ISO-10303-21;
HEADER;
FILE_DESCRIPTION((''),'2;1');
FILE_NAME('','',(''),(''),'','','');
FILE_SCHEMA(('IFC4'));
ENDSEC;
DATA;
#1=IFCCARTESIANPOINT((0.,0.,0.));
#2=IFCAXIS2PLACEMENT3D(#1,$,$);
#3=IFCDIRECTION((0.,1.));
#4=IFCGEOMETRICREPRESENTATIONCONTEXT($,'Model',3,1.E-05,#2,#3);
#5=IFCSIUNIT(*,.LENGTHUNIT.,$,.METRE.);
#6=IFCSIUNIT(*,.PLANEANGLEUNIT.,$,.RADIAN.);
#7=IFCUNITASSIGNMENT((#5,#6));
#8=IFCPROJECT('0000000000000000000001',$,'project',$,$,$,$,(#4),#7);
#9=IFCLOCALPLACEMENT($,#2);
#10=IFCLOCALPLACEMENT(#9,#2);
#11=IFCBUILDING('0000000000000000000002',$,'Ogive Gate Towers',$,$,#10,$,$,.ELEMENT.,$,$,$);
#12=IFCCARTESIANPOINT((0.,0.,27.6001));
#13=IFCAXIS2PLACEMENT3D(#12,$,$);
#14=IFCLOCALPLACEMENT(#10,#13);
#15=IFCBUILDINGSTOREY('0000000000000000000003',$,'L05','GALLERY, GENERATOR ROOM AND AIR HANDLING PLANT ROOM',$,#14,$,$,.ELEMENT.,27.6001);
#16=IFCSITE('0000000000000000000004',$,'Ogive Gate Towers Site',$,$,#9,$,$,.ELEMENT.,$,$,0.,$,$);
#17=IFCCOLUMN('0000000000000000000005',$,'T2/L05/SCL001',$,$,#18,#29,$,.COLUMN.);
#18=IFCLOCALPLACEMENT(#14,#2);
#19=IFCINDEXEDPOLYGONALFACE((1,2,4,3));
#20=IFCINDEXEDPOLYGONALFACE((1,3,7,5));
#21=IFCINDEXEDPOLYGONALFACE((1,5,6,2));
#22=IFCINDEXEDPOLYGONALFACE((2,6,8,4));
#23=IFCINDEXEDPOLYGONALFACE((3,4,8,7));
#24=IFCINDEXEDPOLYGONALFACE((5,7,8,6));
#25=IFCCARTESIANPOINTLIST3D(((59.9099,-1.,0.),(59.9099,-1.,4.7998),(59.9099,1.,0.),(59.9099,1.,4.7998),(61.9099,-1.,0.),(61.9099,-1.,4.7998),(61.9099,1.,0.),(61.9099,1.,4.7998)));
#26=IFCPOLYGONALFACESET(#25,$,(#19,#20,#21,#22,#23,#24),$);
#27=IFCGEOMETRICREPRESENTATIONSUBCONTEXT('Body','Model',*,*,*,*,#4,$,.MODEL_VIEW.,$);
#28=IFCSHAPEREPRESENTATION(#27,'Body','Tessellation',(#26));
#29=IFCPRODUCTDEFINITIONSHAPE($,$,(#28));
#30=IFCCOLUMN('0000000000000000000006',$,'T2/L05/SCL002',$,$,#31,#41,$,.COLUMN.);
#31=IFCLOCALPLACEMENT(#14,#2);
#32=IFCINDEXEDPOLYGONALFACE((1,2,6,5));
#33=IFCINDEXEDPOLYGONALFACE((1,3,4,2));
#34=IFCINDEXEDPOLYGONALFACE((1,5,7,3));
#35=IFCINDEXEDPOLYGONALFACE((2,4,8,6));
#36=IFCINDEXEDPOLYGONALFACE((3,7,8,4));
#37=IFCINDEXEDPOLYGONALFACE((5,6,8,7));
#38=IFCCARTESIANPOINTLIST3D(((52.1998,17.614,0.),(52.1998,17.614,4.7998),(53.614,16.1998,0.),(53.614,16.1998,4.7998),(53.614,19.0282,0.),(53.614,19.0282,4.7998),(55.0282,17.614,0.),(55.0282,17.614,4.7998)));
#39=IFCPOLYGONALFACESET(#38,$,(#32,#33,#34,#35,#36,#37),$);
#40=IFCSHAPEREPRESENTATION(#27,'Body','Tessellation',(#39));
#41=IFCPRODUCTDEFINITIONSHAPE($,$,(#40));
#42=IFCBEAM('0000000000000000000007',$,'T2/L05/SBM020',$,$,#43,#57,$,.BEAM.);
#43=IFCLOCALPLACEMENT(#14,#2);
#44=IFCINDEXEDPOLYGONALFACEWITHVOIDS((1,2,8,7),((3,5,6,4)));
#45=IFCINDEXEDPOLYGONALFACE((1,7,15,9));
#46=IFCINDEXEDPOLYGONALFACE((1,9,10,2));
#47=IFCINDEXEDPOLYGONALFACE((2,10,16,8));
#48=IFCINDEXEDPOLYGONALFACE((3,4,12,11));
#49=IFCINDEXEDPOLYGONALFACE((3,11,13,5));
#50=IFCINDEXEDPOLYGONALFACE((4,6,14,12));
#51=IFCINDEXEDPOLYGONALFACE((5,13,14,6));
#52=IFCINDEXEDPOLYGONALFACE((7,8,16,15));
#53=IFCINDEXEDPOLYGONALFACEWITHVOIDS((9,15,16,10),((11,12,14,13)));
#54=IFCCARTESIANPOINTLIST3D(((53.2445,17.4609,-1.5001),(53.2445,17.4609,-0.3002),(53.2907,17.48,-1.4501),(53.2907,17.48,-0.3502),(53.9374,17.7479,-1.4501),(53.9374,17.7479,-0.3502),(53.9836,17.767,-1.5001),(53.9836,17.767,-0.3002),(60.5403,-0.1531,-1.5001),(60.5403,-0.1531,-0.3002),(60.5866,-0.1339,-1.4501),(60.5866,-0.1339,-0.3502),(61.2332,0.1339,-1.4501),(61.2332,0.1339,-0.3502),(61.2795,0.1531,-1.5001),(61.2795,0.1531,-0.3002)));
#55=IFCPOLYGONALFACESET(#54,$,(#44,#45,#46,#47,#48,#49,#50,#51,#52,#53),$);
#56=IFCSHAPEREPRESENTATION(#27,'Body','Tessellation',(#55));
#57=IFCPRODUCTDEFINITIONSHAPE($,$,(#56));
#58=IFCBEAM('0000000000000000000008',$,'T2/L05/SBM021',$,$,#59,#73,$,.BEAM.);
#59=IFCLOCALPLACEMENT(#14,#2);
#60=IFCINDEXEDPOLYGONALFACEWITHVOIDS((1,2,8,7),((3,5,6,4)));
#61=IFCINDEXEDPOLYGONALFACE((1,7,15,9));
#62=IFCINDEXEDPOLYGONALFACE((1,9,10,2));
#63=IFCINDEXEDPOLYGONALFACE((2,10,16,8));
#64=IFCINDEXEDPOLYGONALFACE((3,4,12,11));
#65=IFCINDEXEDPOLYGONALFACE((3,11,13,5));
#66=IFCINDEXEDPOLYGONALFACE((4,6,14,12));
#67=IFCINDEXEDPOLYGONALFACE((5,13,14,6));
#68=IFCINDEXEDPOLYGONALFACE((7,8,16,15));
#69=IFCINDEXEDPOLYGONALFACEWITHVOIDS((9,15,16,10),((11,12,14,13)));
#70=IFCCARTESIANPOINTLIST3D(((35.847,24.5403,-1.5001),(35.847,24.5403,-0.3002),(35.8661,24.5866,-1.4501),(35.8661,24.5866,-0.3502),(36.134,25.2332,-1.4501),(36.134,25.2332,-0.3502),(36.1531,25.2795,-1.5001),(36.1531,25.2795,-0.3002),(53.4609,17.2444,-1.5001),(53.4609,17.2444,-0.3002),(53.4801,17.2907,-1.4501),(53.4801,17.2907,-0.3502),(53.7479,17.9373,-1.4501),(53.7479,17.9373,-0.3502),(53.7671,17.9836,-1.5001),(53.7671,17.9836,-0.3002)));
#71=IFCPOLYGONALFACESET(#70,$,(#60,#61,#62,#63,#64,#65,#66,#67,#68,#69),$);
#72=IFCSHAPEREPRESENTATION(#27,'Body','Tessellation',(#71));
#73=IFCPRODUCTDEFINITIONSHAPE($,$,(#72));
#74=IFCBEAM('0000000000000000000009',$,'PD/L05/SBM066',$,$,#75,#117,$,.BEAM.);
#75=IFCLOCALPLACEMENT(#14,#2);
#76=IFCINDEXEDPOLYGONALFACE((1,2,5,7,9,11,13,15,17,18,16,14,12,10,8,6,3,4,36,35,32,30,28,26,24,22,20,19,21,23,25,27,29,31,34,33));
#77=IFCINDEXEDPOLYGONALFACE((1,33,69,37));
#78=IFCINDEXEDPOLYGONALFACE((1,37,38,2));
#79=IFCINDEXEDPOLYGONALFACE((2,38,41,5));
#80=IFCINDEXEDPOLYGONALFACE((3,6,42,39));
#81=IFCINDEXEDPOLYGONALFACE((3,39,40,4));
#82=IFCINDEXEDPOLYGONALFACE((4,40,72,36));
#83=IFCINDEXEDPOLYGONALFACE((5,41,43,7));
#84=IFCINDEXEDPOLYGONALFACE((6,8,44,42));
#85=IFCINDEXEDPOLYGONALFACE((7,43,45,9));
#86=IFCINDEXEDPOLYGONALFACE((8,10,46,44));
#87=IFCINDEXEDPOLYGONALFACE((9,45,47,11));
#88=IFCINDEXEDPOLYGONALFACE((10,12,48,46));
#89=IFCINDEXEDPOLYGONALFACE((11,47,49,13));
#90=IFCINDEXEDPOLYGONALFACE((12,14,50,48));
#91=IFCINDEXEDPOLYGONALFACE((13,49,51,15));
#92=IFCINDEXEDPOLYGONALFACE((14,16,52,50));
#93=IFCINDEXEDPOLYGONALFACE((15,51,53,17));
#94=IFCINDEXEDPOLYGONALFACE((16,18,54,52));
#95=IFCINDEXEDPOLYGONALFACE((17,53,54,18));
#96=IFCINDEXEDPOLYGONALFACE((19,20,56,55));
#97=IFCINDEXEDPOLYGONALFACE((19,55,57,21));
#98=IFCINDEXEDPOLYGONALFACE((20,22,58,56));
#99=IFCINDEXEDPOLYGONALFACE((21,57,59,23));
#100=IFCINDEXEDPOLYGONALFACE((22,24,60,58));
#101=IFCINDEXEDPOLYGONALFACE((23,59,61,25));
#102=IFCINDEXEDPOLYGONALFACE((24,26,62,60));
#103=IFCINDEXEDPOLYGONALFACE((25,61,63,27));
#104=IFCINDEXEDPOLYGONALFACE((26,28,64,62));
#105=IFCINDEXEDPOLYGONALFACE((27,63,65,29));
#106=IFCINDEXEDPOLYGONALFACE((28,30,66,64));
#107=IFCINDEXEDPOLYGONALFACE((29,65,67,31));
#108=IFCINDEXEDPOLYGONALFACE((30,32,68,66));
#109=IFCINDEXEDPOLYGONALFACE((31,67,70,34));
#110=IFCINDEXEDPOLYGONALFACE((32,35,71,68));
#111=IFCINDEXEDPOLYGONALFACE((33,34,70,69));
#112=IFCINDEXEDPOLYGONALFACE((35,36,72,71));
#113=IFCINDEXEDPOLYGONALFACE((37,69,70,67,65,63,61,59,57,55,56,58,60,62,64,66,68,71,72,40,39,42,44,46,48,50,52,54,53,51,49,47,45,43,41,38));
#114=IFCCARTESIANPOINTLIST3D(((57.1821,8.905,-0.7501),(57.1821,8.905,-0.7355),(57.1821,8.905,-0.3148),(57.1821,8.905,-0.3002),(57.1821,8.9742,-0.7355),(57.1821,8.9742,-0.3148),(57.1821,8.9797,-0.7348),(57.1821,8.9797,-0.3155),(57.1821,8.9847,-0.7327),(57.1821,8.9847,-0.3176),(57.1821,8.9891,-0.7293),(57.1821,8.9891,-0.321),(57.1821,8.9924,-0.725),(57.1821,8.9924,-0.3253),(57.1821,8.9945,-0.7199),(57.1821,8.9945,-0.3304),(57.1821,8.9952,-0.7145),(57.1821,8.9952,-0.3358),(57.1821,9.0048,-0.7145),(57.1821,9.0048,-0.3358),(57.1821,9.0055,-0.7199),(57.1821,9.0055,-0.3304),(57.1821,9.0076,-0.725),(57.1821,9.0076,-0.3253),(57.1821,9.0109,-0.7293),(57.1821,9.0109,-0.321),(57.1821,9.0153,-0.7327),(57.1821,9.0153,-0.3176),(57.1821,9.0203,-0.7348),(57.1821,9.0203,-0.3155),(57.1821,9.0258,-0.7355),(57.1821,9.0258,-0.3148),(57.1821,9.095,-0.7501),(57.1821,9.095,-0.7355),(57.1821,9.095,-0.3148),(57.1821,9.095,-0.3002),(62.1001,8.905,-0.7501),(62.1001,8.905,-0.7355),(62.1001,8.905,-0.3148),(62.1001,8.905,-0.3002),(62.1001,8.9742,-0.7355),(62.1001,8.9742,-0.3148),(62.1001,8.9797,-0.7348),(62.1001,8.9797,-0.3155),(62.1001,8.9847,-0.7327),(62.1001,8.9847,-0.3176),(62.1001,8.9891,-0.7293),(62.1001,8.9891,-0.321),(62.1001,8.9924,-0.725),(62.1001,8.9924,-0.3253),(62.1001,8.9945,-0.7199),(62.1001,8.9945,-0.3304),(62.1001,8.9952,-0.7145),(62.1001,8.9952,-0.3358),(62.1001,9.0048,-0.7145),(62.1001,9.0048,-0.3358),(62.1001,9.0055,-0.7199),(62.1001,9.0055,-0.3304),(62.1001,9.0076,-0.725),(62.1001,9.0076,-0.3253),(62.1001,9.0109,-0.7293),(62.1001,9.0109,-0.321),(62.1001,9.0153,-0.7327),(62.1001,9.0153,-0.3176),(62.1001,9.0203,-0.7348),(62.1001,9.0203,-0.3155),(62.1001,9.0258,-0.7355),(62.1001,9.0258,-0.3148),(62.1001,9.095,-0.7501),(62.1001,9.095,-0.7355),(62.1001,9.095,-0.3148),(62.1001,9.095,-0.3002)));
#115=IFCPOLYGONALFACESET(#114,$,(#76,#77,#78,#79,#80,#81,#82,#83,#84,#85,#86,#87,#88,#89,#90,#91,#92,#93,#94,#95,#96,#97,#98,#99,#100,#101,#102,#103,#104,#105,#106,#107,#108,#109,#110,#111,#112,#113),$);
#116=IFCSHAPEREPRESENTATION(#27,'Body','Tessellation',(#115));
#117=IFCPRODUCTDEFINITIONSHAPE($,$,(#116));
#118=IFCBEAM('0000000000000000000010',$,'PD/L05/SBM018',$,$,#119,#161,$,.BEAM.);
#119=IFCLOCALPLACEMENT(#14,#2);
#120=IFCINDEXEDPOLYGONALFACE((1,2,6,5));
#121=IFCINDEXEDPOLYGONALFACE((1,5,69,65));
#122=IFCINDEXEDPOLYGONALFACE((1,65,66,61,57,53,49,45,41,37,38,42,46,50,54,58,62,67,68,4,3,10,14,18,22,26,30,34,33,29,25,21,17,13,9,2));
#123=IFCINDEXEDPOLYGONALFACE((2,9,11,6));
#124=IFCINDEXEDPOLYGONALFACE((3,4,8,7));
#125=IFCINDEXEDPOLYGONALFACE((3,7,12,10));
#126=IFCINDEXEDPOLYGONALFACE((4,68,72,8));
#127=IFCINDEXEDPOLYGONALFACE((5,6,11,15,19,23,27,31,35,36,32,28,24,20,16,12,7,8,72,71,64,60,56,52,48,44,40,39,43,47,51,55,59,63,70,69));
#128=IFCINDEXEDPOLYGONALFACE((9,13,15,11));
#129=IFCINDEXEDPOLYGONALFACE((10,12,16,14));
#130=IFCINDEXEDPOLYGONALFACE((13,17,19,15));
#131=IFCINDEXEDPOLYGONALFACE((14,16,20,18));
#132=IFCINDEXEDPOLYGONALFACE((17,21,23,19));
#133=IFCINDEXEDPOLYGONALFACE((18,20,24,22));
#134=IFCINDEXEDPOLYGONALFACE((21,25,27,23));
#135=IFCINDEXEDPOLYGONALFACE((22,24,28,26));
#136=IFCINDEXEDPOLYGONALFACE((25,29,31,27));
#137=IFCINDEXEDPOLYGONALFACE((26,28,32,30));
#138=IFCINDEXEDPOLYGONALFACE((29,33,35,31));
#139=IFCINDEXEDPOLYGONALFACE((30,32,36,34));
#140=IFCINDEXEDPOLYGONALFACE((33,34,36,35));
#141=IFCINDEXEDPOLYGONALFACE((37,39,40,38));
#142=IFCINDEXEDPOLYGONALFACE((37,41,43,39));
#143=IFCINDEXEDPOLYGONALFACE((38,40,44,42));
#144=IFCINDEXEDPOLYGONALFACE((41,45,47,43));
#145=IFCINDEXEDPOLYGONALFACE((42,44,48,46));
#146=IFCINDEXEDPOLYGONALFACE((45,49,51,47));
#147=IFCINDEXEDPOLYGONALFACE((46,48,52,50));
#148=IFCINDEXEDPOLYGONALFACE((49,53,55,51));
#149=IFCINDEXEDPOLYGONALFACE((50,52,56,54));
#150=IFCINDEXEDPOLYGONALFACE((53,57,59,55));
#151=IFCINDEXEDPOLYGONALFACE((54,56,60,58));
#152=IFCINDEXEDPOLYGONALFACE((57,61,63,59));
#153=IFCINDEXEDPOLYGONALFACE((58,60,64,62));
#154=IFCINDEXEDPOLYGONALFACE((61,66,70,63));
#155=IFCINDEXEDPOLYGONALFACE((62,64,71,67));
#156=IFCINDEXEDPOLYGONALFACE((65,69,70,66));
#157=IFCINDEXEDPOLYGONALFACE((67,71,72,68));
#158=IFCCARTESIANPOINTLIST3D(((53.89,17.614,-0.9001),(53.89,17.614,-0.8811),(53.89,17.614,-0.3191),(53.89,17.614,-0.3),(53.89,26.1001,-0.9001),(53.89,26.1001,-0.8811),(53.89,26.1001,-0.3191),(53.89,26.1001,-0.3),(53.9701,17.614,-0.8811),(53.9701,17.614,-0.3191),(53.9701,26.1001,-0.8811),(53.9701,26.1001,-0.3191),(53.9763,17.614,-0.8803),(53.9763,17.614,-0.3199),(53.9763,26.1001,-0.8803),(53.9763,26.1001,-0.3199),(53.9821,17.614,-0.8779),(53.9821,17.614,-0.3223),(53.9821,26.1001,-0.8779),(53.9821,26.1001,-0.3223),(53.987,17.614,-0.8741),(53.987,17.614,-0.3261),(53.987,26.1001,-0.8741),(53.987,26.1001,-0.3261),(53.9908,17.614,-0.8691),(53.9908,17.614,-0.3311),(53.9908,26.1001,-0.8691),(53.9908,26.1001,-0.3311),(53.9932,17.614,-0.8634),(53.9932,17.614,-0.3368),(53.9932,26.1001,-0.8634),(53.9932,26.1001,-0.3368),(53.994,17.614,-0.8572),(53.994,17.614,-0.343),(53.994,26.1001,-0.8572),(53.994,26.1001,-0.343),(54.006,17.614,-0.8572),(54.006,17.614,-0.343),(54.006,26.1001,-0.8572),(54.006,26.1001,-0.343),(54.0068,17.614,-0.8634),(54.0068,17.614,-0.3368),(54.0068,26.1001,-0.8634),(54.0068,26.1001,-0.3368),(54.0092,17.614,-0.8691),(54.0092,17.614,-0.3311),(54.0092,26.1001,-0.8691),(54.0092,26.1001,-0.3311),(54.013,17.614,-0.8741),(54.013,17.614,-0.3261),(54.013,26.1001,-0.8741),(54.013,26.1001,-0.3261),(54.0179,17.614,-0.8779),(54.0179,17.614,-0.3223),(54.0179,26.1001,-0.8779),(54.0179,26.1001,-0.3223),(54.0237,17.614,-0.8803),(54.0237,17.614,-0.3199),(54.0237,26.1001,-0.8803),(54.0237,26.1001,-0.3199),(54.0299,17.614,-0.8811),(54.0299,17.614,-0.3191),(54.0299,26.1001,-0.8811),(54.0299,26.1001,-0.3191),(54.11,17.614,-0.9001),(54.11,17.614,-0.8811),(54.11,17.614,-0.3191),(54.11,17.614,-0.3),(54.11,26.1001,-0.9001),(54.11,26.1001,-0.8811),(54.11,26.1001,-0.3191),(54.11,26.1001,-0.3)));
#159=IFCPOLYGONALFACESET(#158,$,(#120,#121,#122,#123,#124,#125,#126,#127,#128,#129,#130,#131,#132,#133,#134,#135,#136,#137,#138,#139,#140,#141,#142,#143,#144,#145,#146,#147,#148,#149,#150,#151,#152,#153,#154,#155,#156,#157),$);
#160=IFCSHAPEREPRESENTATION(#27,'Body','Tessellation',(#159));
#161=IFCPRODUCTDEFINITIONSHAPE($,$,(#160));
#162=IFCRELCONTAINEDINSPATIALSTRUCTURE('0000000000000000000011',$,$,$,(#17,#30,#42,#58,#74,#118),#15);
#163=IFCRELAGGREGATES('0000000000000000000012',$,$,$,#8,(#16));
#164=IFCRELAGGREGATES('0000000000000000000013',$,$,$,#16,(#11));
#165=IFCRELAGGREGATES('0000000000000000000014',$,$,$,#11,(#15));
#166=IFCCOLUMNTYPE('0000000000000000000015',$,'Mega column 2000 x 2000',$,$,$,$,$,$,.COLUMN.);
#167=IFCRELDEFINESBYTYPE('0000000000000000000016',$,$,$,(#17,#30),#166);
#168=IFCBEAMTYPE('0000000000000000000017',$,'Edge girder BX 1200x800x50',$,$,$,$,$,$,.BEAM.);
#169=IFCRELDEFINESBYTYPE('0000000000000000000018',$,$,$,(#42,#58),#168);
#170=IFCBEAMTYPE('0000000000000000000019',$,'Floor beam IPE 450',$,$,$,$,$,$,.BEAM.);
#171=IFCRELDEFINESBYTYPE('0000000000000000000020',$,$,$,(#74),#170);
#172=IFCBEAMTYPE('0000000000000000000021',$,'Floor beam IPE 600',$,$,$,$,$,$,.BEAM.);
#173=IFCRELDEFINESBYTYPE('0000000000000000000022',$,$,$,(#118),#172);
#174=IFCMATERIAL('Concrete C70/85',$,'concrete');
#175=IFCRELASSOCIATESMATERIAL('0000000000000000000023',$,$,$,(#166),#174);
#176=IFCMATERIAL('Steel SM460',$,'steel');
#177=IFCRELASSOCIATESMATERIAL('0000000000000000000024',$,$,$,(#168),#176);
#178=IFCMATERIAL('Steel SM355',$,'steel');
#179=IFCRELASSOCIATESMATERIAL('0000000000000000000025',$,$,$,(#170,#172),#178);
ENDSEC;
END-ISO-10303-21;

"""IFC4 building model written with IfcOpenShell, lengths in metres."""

from ifc_helpers import new_model, si_unit, direction, frame, origin, origin_2d, place, context, subcontext, project, spatial, rectangle, hollow_rectangle, i_section, extrude, material, material_profile, profile_set, type_object, element, save


model = new_model("IFC4")

# Units and contexts
model_context = context("Model", 3, precision=1e-05, world=origin(), true_north=direction((0.0, 1.0)))
body_context = subcontext(model_context, "Body", "Model", "MODEL_VIEW")
ifc_project = project(units=[si_unit("LENGTHUNIT", "METRE"), si_unit("PLANEANGLEUNIT", "RADIAN")], contexts=[model_context])

# Site, building, storey
site_placement = place(None, origin())
site = spatial("IfcSite", under=ifc_project, at=site_placement, Name="Ogive Gate Towers Site", CompositionType="ELEMENT", RefElevation=0.0)
building_placement = place(site_placement, origin())
building = spatial("IfcBuilding", under=site, at=building_placement, Name="Ogive Gate Towers", CompositionType="ELEMENT")
storey_placement = place(building_placement, frame((0.0, 0.0, 27.6001)))
storey = spatial("IfcBuildingStorey", under=building, at=storey_placement, Name="L05", Description="GALLERY, GENERATOR ROOM AND AIR HANDLING PLANT ROOM", CompositionType="ELEMENT", Elevation=27.6001)

# Columns
ifc_material_1 = material(Name="Concrete C70/85", Category="concrete")
ifc_material_profile_1 = material_profile(ifc_material_1, rectangle(XDim=2.0, YDim=2.0, at=origin_2d()), Name="RC 2000x2000")
ifc_profile_set_1 = profile_set([ifc_material_profile_1], Name="Concrete C70/85")
column_type = type_object("IfcColumnType", Name="Mega column 2000 x 2000", PredefinedType="COLUMN", material=ifc_profile_set_1)
for number, where, z_axis, x_axis, name in (
    (1, (60.9099, 0.0, 0.0), (0.0, 0.0, 1.0), (1.0, 0.0, 0.0), "T2/L05/SCL001"),
    (2, (53.614, 17.614, 0.0), (0.0, 0.0, 1.0), (0.707107, 0.707107, 0.0), "T2/L05/SCL002"),
):
    element("IfcColumn", number, at=place(storey_placement, frame(where, z_axis=z_axis, x_axis=x_axis)), inside=storey, type_object=column_type, Name=name, PredefinedType="COLUMN", context=body_context, shape_type="SweptSolid", body=[
        extrude(rectangle(XDim=2.0, YDim=2.0, at=origin_2d()), origin(), (0.0, 0.0, 1.0), 4.7998),
    ])

# Beams
ifc_material_2 = material(Name="Steel SM460", Category="steel")
ifc_material_profile_2 = material_profile(ifc_material_2, hollow_rectangle(XDim=0.8, YDim=1.2, WallThickness=0.05, at=origin_2d()), Name="BX 1200x800x50")
ifc_profile_set_2 = profile_set([ifc_material_profile_2], Name="Steel SM460")
beam_type_1 = type_object("IfcBeamType", Name="Edge girder BX 1200x800x50", PredefinedType="BEAM", material=ifc_profile_set_2)
for number, where, z_axis, x_axis, name in (
    (3, (60.9099, 0.0, -0.9001), (-0.382681, 0.923881, 0.0), (-0.923881, -0.382681, 0.0), "T2/L05/SBM020"),
    (4, (53.614, 17.614, -0.9001), (-0.923881, 0.382681, 0.0), (-0.382681, -0.923881, 0.0), "T2/L05/SBM021"),
):
    element("IfcBeam", number, at=place(storey_placement, frame(where, z_axis=z_axis, x_axis=x_axis)), inside=storey, type_object=beam_type_1, Name=name, PredefinedType="BEAM", context=body_context, shape_type="SweptSolid", body=[
        extrude(hollow_rectangle(XDim=0.8, YDim=1.2, WallThickness=0.05, at=origin_2d()), origin(), (0.0, 0.0, 1.0), 19.0652),
    ])
ifc_material_3 = material(Name="Steel SM355", Category="steel")
ifc_material_profile_3 = material_profile(ifc_material_3, i_section(OverallWidth=0.1899, OverallDepth=0.45, WebThickness=0.0095, FlangeThickness=0.0146, FilletRadius=0.021, at=origin_2d()), Name="IPE 450")
ifc_profile_set_3 = profile_set([ifc_material_profile_3], Name="Steel SM355")
beam_type_2 = type_object("IfcBeamType", Name="Floor beam IPE 450", PredefinedType="BEAM", material=ifc_profile_set_3)
beam_1_placement = place(storey_placement, frame((62.1001, 9.0, -0.5251), z_axis=(-1.0, 0.0, 0.0), x_axis=(0.0, -1.0, 0.0)))
element("IfcBeam", 5, at=beam_1_placement, inside=storey, type_object=beam_type_2, Name="PD/L05/SBM066", PredefinedType="BEAM", context=body_context, shape_type="SweptSolid", body=[
    extrude(i_section(OverallWidth=0.1899, OverallDepth=0.45, WebThickness=0.0095, FlangeThickness=0.0146, FilletRadius=0.021, at=origin_2d()), origin(), (0.0, 0.0, 1.0), 4.918),
])
ifc_material_profile_4 = material_profile(ifc_material_3, i_section(OverallWidth=0.22, OverallDepth=0.6001, WebThickness=0.012, FlangeThickness=0.019, FilletRadius=0.0239, at=origin_2d()), Name="IPE 600")
ifc_profile_set_4 = profile_set([ifc_material_profile_4], Name="Steel SM355")
beam_type_3 = type_object("IfcBeamType", Name="Floor beam IPE 600", PredefinedType="BEAM", material=ifc_profile_set_4)
for number, where, z_axis, x_axis, name in (
    (6, (54.0, 17.614, -0.6001), (0.0, 1.0, 0.0), (-1.0, 0.0, 0.0), "PD/L05/SBM018"),
):
    element("IfcBeam", number, at=place(storey_placement, frame(where, z_axis=z_axis, x_axis=x_axis)), inside=storey, type_object=beam_type_3, Name=name, PredefinedType="BEAM", context=body_context, shape_type="SweptSolid", body=[
        extrude(i_section(OverallWidth=0.22, OverallDepth=0.6001, WebThickness=0.012, FlangeThickness=0.019, FilletRadius=0.0239, at=origin_2d()), origin(), (0.0, 0.0, 1.0), 8.4861),
    ])

save(model, "model.ifc")
